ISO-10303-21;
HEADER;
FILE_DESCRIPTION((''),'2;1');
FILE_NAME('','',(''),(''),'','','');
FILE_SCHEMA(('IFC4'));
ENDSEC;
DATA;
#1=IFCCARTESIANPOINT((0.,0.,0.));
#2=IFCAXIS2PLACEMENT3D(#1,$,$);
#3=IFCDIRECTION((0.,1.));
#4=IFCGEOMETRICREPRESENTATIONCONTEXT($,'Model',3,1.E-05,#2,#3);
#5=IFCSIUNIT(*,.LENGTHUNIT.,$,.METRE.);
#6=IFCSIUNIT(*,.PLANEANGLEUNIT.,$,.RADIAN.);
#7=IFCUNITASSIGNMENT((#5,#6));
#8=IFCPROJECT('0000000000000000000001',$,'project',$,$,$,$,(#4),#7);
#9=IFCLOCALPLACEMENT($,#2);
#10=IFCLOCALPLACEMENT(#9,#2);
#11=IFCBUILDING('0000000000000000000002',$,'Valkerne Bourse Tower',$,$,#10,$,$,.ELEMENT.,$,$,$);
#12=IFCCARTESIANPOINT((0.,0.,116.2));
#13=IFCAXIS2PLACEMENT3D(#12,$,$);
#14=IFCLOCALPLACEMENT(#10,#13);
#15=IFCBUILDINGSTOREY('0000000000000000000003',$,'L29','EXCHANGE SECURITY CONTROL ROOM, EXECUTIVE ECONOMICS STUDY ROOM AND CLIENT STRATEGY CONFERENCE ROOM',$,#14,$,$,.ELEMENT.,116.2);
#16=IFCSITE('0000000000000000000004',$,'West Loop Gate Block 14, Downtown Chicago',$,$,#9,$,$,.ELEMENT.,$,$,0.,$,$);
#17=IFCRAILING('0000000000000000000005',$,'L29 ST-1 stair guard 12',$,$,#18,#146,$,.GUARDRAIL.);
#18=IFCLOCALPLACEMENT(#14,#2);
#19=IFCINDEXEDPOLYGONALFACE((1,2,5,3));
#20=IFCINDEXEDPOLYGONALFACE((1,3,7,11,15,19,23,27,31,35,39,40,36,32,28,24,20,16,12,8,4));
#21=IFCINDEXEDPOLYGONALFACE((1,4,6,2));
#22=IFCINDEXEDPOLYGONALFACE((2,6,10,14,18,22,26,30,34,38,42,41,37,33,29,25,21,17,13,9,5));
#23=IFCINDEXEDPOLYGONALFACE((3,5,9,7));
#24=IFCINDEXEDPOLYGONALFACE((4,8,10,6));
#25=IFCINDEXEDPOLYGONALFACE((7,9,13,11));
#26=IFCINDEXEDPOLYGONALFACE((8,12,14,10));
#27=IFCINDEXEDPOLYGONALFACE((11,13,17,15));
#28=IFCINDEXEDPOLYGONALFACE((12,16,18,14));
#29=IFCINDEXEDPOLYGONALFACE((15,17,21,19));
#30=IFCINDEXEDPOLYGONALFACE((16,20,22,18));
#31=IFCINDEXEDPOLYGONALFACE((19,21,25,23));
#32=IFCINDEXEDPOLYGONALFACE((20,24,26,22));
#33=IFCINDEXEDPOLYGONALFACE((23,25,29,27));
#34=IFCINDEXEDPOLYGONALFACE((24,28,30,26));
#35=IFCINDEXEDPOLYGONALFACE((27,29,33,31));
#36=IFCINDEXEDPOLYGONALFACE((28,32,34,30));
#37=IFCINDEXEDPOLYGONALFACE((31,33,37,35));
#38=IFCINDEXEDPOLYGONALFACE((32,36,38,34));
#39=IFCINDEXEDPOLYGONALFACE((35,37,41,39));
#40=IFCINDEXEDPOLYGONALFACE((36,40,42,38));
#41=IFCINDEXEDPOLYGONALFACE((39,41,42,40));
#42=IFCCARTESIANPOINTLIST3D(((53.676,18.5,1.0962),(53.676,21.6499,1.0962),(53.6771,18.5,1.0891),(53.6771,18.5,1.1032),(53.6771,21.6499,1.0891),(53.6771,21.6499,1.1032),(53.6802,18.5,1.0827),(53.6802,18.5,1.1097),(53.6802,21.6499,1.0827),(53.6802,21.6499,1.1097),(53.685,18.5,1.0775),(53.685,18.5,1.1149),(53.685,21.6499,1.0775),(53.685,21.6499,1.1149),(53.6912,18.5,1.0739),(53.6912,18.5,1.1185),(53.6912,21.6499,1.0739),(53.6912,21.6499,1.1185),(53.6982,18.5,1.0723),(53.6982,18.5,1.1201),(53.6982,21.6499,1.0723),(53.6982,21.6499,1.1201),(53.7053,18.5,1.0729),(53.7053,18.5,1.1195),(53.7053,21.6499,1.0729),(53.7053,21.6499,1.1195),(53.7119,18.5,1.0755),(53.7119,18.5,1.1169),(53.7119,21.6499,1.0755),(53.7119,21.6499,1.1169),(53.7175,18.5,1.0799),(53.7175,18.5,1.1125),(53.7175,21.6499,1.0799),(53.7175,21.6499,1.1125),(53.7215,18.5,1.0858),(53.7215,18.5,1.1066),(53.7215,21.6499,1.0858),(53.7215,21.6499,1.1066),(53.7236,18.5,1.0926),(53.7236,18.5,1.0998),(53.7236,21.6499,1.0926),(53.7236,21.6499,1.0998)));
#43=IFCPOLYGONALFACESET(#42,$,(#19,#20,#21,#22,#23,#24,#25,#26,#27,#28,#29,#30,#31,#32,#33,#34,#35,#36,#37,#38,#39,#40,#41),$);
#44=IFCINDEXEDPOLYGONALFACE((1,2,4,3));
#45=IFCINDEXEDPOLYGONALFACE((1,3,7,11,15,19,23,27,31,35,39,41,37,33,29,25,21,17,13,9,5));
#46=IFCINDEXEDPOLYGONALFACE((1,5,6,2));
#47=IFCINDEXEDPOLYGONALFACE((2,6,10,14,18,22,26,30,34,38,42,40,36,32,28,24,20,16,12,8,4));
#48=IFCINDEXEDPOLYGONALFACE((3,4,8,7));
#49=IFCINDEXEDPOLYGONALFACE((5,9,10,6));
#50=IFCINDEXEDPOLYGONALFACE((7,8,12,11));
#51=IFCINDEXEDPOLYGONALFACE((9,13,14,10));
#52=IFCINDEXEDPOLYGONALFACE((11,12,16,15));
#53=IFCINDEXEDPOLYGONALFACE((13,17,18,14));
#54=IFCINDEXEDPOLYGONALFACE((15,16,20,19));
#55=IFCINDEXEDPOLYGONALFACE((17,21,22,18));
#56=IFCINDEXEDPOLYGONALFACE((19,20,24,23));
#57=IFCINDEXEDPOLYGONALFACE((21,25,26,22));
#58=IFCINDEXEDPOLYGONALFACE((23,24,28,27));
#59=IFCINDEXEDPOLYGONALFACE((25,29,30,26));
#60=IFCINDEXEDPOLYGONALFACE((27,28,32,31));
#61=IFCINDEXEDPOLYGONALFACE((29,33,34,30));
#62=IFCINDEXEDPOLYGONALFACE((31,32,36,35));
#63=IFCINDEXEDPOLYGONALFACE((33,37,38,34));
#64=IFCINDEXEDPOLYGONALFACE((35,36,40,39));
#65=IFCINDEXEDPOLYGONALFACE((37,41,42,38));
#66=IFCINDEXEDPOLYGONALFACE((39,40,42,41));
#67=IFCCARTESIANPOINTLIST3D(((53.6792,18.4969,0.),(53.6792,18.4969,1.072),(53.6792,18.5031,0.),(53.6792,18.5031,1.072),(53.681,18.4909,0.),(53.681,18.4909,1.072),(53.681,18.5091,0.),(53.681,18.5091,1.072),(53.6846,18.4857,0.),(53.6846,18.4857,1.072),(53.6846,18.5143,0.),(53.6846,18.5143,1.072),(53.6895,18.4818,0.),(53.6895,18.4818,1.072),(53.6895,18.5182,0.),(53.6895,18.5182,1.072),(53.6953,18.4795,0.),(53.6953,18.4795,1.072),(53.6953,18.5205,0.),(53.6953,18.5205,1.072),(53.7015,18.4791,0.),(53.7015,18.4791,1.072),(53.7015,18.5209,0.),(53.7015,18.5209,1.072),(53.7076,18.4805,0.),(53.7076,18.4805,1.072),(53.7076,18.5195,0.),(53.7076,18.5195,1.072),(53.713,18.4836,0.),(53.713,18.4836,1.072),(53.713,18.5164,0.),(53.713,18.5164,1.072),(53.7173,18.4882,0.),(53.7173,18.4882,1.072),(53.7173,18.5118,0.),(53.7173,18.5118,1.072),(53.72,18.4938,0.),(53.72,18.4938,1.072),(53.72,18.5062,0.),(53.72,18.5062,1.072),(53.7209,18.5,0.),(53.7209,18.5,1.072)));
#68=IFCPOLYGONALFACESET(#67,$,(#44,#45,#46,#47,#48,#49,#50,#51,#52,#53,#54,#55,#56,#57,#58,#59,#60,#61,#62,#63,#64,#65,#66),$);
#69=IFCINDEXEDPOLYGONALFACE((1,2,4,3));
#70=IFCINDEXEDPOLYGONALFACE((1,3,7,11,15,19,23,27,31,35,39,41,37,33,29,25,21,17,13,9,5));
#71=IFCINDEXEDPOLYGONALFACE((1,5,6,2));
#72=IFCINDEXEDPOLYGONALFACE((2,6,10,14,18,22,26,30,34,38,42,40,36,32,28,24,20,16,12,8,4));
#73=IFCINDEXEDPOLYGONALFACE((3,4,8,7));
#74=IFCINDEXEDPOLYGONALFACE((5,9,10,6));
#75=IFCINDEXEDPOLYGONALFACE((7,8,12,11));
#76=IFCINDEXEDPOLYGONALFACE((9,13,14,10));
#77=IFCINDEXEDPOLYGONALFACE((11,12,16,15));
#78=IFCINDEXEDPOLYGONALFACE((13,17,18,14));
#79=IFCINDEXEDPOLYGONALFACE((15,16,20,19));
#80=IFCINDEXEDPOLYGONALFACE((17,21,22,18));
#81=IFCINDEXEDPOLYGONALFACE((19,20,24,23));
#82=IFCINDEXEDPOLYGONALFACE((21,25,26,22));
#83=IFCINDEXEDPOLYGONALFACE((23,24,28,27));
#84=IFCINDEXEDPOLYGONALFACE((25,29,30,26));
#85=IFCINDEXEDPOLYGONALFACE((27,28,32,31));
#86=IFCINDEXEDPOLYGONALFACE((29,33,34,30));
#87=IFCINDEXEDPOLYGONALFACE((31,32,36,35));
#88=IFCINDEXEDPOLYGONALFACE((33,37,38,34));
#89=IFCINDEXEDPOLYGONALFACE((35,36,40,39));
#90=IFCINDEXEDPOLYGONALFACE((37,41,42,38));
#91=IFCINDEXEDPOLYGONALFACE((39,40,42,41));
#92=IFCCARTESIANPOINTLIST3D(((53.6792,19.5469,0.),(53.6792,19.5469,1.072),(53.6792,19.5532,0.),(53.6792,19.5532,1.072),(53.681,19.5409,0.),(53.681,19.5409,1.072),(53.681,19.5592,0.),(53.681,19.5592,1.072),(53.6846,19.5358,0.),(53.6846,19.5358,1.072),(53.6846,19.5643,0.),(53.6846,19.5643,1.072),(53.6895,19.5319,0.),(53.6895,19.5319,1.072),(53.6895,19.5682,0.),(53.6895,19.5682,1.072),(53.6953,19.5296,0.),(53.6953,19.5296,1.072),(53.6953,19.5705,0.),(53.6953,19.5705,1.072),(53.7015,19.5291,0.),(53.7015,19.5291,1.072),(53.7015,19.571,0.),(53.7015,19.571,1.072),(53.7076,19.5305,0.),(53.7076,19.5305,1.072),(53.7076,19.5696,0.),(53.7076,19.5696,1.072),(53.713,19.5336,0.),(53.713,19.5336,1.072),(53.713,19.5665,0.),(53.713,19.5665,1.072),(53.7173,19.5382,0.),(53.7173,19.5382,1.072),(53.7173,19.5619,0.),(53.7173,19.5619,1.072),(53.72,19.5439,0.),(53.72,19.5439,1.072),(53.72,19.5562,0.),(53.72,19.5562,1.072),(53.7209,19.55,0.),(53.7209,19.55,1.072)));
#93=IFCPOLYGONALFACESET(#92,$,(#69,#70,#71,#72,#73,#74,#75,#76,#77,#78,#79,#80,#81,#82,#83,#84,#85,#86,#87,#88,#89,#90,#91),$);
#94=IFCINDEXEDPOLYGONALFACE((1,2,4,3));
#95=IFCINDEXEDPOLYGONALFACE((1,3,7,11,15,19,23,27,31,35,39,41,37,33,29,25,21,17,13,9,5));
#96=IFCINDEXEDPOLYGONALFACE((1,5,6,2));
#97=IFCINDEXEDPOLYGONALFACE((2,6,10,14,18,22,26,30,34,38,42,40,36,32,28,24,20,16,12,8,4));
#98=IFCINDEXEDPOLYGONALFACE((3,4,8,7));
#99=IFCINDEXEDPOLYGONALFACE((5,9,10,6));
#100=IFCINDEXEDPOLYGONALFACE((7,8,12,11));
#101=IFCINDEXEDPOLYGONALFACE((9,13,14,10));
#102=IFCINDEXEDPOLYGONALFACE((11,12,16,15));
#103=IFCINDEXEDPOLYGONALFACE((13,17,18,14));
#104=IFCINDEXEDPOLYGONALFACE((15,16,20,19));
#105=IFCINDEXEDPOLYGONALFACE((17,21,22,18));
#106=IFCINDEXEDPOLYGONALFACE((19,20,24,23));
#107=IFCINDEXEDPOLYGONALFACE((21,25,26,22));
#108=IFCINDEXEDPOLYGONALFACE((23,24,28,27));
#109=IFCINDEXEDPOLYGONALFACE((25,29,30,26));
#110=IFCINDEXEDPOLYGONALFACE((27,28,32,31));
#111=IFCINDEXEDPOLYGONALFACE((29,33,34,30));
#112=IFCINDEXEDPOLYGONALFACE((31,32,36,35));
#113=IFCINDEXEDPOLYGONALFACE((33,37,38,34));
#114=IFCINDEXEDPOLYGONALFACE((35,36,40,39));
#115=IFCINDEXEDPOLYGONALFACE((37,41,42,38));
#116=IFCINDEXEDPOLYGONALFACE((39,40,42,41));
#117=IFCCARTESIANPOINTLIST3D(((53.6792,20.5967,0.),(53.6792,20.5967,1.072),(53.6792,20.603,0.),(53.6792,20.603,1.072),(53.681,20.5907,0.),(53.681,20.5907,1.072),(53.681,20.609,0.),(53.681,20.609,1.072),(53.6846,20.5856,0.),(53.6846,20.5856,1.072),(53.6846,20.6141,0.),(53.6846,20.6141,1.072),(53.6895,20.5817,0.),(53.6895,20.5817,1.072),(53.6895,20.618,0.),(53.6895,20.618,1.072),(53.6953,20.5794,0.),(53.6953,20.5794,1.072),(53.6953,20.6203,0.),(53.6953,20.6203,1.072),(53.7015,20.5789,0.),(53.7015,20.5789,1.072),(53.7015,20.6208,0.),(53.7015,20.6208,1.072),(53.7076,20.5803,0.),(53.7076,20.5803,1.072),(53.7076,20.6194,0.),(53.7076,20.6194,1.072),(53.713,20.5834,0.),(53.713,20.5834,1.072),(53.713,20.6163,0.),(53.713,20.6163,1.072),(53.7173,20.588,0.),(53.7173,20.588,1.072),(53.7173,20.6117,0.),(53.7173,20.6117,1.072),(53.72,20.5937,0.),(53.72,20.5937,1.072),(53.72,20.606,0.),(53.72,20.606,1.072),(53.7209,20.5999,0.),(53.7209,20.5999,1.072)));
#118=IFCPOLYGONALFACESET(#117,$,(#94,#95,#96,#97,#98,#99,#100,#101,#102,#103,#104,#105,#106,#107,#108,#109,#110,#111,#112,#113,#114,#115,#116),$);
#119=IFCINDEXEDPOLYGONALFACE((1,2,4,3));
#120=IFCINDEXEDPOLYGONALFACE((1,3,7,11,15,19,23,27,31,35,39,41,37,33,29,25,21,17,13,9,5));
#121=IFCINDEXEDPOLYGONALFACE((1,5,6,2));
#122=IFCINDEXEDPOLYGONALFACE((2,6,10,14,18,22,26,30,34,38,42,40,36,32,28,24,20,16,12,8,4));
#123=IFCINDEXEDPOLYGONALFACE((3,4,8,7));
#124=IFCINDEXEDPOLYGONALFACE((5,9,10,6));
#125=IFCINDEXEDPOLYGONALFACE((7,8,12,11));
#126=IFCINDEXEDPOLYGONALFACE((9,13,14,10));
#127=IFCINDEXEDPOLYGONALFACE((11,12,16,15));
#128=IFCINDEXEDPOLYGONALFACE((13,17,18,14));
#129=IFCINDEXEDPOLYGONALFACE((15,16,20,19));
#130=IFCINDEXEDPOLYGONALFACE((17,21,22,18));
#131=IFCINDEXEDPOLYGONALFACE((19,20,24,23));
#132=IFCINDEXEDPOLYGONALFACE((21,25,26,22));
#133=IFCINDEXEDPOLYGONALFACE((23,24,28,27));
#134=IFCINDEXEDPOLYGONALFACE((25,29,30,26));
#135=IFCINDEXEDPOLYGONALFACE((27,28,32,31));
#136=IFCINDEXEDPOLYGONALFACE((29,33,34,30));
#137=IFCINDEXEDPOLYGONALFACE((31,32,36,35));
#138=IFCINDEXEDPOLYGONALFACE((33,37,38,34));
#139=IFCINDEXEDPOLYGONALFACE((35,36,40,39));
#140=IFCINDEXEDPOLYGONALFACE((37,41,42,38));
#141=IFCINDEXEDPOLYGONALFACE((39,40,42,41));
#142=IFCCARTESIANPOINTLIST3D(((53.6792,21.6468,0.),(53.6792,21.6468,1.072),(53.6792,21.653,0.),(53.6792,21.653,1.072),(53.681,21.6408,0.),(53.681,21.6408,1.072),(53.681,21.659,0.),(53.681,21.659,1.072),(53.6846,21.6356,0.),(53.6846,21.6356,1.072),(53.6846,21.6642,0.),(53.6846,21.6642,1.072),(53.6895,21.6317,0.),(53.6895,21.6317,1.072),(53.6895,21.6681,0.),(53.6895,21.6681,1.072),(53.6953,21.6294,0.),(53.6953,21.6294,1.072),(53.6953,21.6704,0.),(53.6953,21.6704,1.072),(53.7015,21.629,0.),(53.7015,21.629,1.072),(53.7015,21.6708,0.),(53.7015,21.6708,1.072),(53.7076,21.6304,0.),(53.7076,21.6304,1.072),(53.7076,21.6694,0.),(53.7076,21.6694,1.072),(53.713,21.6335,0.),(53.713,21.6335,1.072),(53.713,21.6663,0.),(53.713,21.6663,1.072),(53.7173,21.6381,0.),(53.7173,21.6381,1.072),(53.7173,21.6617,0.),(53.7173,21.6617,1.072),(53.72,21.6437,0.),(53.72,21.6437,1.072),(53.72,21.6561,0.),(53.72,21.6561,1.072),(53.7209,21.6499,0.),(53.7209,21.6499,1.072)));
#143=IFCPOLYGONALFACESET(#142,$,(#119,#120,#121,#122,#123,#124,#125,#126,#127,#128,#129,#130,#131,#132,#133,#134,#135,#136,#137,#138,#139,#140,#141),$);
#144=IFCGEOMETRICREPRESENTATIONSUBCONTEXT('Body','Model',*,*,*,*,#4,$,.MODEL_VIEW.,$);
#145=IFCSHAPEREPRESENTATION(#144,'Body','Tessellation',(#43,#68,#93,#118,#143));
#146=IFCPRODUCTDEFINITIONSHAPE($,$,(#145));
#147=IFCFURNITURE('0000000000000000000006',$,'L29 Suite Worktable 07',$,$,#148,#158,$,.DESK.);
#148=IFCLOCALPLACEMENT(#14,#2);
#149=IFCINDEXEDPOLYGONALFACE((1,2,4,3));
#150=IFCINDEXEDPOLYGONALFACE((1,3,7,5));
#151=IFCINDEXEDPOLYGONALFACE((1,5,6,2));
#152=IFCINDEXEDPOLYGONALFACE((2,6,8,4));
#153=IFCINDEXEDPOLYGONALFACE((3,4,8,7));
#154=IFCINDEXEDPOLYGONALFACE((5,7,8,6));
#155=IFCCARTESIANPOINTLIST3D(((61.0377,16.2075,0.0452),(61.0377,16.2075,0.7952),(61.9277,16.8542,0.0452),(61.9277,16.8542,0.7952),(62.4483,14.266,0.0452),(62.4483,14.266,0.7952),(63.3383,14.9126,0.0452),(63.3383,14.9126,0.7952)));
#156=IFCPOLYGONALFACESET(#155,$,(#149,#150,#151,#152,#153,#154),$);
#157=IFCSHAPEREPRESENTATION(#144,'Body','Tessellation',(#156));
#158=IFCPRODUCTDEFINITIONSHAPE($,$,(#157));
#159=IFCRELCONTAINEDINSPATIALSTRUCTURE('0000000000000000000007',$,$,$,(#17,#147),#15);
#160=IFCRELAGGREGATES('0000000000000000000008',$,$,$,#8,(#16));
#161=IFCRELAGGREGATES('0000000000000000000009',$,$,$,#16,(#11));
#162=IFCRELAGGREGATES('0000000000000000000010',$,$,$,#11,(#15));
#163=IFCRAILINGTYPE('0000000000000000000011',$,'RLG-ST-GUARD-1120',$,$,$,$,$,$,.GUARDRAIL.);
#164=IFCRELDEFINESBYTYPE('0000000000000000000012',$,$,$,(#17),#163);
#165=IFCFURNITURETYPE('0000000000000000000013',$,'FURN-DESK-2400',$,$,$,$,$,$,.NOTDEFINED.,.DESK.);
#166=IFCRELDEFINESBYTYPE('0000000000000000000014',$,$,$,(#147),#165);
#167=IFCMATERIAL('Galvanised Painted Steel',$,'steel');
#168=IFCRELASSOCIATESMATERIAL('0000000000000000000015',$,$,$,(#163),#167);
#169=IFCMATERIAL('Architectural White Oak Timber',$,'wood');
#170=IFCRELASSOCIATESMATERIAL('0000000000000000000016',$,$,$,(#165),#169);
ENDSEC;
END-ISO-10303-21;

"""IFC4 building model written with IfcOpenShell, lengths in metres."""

from ifc_helpers import new_model, si_unit, direction, frame, origin, origin_2d, place, context, subcontext, project, spatial, rectangle, circle, extrude, material, type_object, element, save


model = new_model("IFC4")

# Units and contexts
model_context = context("Model", 3, precision=1e-05, world=origin(), true_north=direction((0.0, 1.0)))
body_context = subcontext(model_context, "Body", "Model", "MODEL_VIEW")
ifc_project = project(units=[si_unit("LENGTHUNIT", "METRE"), si_unit("PLANEANGLEUNIT", "RADIAN")], contexts=[model_context])

# Site, building, storey
site_placement = place(None, origin())
site = spatial("IfcSite", under=ifc_project, at=site_placement, Name="West Loop Gate Block 14, Downtown Chicago", CompositionType="ELEMENT", RefElevation=0.0)
building_placement = place(site_placement, origin())
building = spatial("IfcBuilding", under=site, at=building_placement, Name="Valkerne Bourse Tower", CompositionType="ELEMENT")
storey_placement = place(building_placement, frame((0.0, 0.0, 116.2)))
storey = spatial("IfcBuildingStorey", under=building, at=storey_placement, Name="L29", Description="EXCHANGE SECURITY CONTROL ROOM, EXECUTIVE ECONOMICS STUDY ROOM AND CLIENT STRATEGY CONFERENCE ROOM", CompositionType="ELEMENT", Elevation=116.2)

# Shared definitions
ifc_material_1 = material(Name="Architectural White Oak Timber", Category="wood")

# Railing
ifc_material_2 = material(Name="Galvanised Painted Steel", Category="steel")
railing_type = type_object("IfcRailingType", Name="RLG-ST-GUARD-1120", PredefinedType="GUARDRAIL", material=ifc_material_2)
railing_1_placement = place(storey_placement, frame((53.7, 18.5, 0.0)))
element("IfcRailing", 1, at=railing_1_placement, inside=storey, type_object=railing_type, Name="L29 ST-1 stair guard 12", PredefinedType="GUARDRAIL", context=body_context, shape_type="SweptSolid", body=[
    extrude(circle(Radius=0.0239, at=origin_2d()), frame((0.0, 0.0, 1.0962), z_axis=(0.0, 1.0, 0.0), x_axis=(-1.0, 0.0, 0.0)), (0.0, 0.0, 1.0), 3.1499),
    extrude(circle(Radius=0.021, at=origin_2d()), origin(), (0.0, 0.0, 1.0), 1.072),
    extrude(circle(Radius=0.021, at=origin_2d()), frame((0.0, 1.05, 0.0)), (0.0, 0.0, 1.0), 1.072),
    extrude(circle(Radius=0.021, at=origin_2d()), frame((0.0, 2.0999, 0.0)), (0.0, 0.0, 1.0), 1.072),
    extrude(circle(Radius=0.021, at=origin_2d()), frame((0.0, 3.1499, 0.0)), (0.0, 0.0, 1.0), 1.072),
])

# Furniture
furniture_type = type_object("IfcFurnitureType", Name="FURN-DESK-2400", AssemblyPlace="NOTDEFINED", PredefinedType="DESK", material=ifc_material_1)
furniture_placement = place(storey_placement, frame((62.188, 15.5601, 0.0452), z_axis=(0.0, 0.0, 1.0), x_axis=(-0.587785, 0.809017, 0.0)))
element("IfcFurniture", 2, at=furniture_placement, inside=storey, type_object=furniture_type, Name="L29 Suite Worktable 07", PredefinedType="DESK", context=body_context, shape_type="SweptSolid", body=[
    extrude(rectangle(XDim=2.3999, YDim=1.1001, at=origin_2d()), origin(), (0.0, 0.0, 1.0), 0.75),
])

save(model, "model.ifc")
